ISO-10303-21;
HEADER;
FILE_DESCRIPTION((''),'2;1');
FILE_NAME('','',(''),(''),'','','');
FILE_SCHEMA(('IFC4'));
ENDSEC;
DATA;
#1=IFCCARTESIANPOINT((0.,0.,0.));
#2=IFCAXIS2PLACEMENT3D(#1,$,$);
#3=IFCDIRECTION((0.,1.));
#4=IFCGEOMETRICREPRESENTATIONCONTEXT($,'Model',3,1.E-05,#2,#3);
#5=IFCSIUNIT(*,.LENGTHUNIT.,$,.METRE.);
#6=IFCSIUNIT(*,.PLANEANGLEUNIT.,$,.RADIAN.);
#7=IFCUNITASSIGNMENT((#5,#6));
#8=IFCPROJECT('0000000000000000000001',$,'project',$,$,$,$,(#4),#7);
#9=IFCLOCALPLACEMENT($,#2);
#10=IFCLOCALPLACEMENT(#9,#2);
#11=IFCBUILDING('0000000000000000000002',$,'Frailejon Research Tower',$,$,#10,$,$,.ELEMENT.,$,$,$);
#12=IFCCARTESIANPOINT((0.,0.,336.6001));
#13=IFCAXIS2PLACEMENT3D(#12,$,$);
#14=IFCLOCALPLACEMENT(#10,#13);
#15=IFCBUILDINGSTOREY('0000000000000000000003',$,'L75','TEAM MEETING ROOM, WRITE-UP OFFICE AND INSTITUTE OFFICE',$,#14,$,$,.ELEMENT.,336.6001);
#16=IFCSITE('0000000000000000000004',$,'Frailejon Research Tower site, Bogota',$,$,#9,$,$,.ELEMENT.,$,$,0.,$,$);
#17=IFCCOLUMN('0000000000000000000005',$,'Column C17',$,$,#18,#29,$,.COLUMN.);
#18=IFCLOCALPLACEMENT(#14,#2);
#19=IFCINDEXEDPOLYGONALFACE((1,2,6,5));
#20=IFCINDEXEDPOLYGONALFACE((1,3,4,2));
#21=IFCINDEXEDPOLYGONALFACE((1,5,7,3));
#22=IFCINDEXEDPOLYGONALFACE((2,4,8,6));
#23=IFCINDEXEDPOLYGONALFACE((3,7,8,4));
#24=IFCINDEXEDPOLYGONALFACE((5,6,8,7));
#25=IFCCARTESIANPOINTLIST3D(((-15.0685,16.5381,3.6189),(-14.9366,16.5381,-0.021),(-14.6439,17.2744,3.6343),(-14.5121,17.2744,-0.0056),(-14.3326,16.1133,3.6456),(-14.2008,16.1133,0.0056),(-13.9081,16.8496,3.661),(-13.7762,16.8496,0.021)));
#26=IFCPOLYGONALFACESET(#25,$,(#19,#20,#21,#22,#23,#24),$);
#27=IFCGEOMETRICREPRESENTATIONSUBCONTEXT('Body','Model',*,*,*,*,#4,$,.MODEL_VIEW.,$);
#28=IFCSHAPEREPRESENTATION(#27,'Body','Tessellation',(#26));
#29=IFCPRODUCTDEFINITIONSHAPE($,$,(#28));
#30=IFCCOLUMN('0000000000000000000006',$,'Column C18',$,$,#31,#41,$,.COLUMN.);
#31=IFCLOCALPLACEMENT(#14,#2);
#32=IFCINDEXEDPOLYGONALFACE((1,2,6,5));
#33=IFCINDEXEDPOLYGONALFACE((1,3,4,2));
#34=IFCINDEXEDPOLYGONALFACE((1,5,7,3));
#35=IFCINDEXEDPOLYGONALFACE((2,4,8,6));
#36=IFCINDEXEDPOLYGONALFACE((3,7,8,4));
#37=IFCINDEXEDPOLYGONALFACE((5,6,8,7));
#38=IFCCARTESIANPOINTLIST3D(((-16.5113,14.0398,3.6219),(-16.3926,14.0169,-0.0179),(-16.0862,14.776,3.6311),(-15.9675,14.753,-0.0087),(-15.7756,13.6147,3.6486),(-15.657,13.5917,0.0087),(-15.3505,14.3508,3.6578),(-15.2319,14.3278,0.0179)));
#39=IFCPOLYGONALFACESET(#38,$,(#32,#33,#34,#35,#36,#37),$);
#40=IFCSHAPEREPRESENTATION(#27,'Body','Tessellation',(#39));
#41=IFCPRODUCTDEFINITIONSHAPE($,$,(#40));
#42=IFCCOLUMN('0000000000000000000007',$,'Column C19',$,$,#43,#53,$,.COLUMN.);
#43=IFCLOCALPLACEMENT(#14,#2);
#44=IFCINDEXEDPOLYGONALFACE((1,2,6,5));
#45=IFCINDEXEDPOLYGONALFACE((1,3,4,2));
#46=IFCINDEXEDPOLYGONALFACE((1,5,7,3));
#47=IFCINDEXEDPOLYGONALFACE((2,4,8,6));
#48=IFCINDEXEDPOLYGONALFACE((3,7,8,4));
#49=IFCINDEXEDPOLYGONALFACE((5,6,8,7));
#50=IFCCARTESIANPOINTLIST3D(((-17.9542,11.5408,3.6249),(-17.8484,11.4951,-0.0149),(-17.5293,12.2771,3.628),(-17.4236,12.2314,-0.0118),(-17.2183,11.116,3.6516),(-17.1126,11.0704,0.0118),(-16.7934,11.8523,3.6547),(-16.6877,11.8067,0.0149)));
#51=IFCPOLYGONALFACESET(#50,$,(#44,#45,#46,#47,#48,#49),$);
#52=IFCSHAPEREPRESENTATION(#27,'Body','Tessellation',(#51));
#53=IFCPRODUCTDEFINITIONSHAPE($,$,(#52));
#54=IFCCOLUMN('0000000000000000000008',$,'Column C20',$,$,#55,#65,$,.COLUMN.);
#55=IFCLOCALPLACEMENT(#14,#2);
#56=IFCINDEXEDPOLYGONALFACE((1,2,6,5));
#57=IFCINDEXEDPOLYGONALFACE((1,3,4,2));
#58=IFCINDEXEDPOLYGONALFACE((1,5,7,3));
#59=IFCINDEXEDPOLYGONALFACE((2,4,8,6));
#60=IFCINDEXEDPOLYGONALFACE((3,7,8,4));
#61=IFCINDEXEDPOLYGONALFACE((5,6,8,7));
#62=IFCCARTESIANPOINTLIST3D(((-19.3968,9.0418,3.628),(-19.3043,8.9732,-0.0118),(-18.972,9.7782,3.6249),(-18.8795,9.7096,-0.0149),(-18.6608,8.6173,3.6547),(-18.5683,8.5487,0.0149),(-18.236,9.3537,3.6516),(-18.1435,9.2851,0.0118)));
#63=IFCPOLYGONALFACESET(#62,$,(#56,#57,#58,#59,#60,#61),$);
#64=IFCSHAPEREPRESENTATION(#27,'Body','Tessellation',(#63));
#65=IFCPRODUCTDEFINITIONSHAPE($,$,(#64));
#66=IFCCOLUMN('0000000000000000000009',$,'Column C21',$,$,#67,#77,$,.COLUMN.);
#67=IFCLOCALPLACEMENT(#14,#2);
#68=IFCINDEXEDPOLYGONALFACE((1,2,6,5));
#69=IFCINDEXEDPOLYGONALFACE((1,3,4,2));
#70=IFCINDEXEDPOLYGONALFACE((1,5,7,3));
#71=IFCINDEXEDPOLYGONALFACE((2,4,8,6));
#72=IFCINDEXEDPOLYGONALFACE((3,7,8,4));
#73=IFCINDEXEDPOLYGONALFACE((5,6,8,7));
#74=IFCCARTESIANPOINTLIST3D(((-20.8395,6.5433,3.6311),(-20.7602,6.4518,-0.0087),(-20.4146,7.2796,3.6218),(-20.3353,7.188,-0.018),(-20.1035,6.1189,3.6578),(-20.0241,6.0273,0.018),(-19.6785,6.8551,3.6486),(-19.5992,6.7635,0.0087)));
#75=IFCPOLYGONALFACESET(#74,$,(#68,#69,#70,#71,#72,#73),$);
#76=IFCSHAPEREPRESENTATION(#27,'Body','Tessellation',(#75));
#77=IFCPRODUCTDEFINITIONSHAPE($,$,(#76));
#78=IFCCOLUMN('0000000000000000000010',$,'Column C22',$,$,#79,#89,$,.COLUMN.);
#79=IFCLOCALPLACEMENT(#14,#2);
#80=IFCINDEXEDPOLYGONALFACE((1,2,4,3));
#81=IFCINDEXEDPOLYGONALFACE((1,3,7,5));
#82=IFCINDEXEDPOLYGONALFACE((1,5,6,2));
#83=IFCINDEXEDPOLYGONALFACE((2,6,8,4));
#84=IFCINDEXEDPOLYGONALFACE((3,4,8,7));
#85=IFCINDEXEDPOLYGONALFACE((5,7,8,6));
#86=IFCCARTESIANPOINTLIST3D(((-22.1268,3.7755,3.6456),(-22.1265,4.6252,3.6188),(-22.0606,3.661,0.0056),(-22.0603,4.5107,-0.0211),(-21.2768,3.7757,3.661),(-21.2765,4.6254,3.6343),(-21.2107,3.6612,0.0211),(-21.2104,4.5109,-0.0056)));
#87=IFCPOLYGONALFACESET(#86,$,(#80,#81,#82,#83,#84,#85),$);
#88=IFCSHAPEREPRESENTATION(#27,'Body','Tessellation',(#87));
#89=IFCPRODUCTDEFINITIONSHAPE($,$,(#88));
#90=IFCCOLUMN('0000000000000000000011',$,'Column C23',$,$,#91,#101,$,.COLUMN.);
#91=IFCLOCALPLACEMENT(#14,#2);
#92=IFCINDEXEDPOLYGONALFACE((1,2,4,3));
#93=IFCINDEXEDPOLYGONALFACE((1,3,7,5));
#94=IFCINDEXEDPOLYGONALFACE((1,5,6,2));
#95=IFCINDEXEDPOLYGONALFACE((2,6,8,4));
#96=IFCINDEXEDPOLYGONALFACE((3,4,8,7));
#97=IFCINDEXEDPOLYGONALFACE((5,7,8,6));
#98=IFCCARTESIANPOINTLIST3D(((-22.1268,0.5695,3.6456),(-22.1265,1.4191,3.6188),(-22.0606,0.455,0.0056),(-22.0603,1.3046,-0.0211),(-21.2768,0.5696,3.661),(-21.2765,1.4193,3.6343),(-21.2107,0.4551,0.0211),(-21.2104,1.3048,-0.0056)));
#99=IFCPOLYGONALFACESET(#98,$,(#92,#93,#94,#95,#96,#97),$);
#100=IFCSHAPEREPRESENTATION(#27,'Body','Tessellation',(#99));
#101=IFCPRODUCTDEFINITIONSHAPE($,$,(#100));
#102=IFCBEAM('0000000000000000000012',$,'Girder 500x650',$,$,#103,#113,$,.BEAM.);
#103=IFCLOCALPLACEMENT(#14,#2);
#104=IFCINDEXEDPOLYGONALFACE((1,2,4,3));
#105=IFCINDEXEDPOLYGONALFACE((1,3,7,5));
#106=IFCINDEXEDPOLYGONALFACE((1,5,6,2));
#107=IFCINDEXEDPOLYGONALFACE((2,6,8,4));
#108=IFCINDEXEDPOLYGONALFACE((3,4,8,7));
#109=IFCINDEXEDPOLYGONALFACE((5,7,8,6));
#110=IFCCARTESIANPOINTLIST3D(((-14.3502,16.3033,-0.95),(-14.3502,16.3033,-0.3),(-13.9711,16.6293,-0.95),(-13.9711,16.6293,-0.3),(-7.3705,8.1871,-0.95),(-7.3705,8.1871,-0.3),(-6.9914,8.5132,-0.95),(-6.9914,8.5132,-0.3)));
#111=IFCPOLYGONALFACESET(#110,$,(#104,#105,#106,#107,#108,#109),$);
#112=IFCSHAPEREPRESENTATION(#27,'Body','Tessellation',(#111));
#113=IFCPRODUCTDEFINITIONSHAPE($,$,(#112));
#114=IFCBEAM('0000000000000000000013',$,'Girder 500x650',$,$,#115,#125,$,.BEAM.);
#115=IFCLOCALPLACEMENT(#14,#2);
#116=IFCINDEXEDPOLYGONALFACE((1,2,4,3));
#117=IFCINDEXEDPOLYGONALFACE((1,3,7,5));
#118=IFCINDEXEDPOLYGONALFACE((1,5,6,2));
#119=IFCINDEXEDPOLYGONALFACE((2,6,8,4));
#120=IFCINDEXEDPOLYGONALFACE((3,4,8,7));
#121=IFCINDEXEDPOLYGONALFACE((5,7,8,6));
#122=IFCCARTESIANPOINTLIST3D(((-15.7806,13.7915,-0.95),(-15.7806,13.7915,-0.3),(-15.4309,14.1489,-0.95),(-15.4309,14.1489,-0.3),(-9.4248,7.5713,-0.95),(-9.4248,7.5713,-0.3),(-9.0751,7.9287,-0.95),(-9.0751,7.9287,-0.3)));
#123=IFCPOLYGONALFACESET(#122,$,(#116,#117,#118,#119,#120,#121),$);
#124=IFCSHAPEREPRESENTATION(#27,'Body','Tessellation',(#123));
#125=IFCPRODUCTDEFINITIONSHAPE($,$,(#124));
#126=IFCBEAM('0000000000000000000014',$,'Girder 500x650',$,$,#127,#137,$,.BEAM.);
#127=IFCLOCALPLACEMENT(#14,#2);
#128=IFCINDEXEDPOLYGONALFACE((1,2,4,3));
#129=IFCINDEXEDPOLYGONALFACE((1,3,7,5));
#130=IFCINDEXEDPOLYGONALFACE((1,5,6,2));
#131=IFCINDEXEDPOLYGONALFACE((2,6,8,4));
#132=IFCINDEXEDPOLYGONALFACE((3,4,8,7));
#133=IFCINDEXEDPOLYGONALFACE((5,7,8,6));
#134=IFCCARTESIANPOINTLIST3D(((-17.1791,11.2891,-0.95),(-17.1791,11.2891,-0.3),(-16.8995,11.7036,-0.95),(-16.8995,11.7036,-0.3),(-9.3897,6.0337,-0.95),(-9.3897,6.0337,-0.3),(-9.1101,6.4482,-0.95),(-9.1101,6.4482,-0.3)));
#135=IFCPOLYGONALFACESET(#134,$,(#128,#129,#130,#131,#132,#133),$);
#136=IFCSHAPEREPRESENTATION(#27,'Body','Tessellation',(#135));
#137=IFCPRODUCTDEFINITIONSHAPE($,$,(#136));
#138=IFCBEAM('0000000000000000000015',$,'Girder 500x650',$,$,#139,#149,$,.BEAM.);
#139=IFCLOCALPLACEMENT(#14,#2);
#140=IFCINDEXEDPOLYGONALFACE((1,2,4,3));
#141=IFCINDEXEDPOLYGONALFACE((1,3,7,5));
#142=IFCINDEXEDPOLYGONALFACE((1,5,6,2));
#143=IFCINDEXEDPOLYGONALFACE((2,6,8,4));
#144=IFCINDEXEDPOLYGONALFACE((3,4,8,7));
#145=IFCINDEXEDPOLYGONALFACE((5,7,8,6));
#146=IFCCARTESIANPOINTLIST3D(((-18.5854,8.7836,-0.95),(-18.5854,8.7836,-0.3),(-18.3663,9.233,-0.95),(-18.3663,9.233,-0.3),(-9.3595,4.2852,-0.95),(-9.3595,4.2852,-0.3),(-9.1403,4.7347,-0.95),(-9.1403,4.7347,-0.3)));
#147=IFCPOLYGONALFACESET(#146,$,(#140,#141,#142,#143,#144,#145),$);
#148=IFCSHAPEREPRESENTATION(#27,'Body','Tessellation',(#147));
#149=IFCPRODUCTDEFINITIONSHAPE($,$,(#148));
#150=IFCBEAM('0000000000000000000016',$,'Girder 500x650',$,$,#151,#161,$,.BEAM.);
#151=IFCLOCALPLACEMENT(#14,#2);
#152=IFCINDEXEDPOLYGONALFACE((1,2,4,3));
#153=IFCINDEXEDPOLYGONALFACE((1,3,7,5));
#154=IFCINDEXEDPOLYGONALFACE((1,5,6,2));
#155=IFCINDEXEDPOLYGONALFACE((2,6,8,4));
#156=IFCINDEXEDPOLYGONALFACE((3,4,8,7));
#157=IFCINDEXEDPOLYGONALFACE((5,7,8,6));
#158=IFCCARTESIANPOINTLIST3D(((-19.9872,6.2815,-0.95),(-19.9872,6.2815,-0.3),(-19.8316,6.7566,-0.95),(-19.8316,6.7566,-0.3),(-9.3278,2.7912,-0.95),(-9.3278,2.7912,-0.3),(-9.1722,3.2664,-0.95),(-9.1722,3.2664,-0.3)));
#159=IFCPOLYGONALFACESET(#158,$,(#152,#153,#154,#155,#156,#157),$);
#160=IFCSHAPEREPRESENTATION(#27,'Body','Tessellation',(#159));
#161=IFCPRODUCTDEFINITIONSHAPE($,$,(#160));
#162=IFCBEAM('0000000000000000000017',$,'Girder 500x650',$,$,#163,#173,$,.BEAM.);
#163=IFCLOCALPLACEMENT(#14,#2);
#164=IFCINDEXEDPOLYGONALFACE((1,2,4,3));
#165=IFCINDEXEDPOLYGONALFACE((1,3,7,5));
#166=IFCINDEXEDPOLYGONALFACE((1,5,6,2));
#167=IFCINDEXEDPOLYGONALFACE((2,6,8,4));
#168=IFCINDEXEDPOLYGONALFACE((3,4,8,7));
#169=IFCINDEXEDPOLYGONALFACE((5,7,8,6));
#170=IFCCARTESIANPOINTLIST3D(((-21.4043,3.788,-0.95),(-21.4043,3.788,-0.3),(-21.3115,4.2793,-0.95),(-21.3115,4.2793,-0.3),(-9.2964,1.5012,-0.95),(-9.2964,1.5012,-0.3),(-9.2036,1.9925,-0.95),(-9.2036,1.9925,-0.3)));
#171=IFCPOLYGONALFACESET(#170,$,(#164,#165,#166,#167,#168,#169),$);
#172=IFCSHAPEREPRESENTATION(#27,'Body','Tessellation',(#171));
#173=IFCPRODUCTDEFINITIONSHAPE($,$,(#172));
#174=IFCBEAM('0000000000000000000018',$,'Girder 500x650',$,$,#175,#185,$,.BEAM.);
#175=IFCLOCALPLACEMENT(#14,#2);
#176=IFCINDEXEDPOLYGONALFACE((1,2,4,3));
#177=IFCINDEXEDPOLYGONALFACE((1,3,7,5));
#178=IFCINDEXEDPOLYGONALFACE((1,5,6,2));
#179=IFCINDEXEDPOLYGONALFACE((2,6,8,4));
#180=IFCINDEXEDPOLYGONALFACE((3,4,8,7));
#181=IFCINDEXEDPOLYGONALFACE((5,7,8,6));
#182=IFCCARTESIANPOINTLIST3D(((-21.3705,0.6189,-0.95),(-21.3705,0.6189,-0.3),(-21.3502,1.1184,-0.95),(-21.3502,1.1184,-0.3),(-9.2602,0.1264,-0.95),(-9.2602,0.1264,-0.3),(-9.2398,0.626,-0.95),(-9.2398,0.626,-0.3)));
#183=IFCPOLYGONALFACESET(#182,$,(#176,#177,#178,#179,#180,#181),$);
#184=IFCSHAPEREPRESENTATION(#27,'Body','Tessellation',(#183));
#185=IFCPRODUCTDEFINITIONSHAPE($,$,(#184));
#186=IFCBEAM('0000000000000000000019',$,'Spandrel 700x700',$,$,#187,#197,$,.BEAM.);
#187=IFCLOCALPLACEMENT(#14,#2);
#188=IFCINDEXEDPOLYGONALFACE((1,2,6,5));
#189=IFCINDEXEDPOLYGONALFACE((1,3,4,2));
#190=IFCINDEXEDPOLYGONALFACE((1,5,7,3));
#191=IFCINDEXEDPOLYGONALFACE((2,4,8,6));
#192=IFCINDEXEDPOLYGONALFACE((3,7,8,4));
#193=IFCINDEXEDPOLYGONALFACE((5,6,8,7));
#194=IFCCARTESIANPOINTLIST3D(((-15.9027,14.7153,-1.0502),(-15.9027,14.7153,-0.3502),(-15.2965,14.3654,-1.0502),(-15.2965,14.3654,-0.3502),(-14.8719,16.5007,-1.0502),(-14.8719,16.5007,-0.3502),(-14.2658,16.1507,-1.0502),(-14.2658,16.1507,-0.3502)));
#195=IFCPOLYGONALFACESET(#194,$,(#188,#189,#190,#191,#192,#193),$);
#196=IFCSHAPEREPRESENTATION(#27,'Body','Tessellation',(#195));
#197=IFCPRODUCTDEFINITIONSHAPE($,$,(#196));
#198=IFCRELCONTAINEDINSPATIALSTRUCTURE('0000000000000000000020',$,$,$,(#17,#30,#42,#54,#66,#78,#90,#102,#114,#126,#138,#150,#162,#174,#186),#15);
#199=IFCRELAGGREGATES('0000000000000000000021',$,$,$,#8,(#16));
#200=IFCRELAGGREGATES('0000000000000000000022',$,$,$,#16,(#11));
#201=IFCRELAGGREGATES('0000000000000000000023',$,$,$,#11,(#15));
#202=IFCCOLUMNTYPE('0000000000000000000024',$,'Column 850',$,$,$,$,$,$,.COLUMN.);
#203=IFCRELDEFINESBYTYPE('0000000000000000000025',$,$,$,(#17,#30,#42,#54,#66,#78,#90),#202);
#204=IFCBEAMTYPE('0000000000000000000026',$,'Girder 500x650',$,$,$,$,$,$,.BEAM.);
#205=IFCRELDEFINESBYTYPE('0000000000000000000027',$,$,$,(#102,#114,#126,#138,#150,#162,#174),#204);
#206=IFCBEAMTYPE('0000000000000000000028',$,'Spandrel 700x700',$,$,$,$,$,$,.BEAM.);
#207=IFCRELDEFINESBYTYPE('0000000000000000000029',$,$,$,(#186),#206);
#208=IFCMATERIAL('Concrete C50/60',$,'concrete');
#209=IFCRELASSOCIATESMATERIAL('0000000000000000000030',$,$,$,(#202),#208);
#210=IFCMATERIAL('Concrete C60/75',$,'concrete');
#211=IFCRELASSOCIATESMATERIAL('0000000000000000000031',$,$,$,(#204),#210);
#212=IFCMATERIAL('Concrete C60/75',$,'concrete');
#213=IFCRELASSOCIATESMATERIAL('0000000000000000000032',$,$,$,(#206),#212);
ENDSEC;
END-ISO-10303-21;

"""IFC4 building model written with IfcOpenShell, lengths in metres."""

from ifc_helpers import new_model, si_unit, direction, frame, origin, origin_2d, place, context, subcontext, project, spatial, rectangle, extrude, material, material_profile, profile_set, type_object, element, save


model = new_model("IFC4")

# Units and contexts
model_context = context("Model", 3, precision=1e-05, world=origin(), true_north=direction((0.0, 1.0)))
body_context = subcontext(model_context, "Body", "Model", "MODEL_VIEW")
ifc_project = project(units=[si_unit("LENGTHUNIT", "METRE"), si_unit("PLANEANGLEUNIT", "RADIAN")], contexts=[model_context])

# Site, building, storey
site_placement = place(None, origin())
site = spatial("IfcSite", under=ifc_project, at=site_placement, Name="Frailejon Research Tower site, Bogota", CompositionType="ELEMENT", RefElevation=0.0)
building_placement = place(site_placement, origin())
building = spatial("IfcBuilding", under=site, at=building_placement, Name="Frailejon Research Tower", CompositionType="ELEMENT")
storey_placement = place(building_placement, frame((0.0, 0.0, 336.6001)))
storey = spatial("IfcBuildingStorey", under=building, at=storey_placement, Name="L75", Description="TEAM MEETING ROOM, WRITE-UP OFFICE AND INSTITUTE OFFICE", CompositionType="ELEMENT", Elevation=336.6001)

# Columns
ifc_material_1 = material(Name="Concrete C50/60", Category="concrete")
ifc_material_profile_1 = material_profile(ifc_material_1, rectangle(XDim=0.8501, YDim=0.8501, at=origin_2d()), Name="Column 850")
ifc_profile_set_1 = profile_set([ifc_material_profile_1], Name="Concrete C50/60")
column_type = type_object("IfcColumnType", Name="Column 850", PredefinedType="COLUMN", material=ifc_profile_set_1)
column_1_placement = place(storey_placement, frame((-14.3564, 16.6938, 0.0), z_axis=(-0.036196, 0.0, 0.999345), x_axis=(-0.499426, -0.866168, -0.018089)))
element("IfcColumn", 1, at=column_1_placement, inside=storey, type_object=column_type, Name="Column C17", PredefinedType="COLUMN", context=body_context, shape_type="SweptSolid", body=[
    extrude(rectangle(XDim=0.8501, YDim=0.8501, at=origin_2d()), origin(), (0.0, 0.0, 1.0), 3.6423),
])
column_2_placement = place(storey_placement, frame((-15.8123, 14.1724, 0.0), z_axis=(-0.03258, 0.006301, 0.999449), x_axis=(-0.50006, -0.865923, -0.010841)))
element("IfcColumn", 2, at=column_2_placement, inside=storey, type_object=column_type, Name="Column C18", PredefinedType="COLUMN", context=body_context, shape_type="SweptSolid", body=[
    extrude(rectangle(XDim=0.8501, YDim=0.8501, at=origin_2d()), origin(), (0.0, 0.0, 1.0), 3.6418),
])
for number, where, z_axis, x_axis, name in (
    (3, (-17.2681, 11.6509, 0.0), (-0.029028, 0.012536, 0.9995), (-0.499793, -0.866137, -0.003652), "Column C19"),
    (4, (-18.7239, 9.1292, 0.0), (-0.025408, 0.018838, 0.9995), (-0.499704, -0.866189, 0.003623), "Column C20"),
):
    element("IfcColumn", number, at=place(storey_placement, frame(where, z_axis=z_axis, x_axis=x_axis)), inside=storey, type_object=column_type, Name=name, PredefinedType="COLUMN", context=body_context, shape_type="SweptSolid", body=[
        extrude(rectangle(XDim=0.8501, YDim=0.8501, at=origin_2d()), origin(), (0.0, 0.0, 1.0), 3.6416),
    ])
column_3_placement = place(storey_placement, frame((-20.1797, 6.6077, 0.0), z_axis=(-0.021787, 0.025139, 0.999447), x_axis=(-0.499841, -0.866049, 0.010887)))
element("IfcColumn", 5, at=column_3_placement, inside=storey, type_object=column_type, Name="Column C21", PredefinedType="COLUMN", context=body_context, shape_type="SweptSolid", body=[
    extrude(rectangle(XDim=0.8501, YDim=0.8501, at=origin_2d()), origin(), (0.0, 0.0, 1.0), 3.6418),
])
for number, where, z_axis, x_axis, name in (
    (6, (-21.6355, 4.0859, 0.0), (-0.018165, 0.031437, 0.999341), (-0.000376, -0.999506, 0.031435), "Column C22"),
    (7, (-21.6355, 0.8799, 0.0), (-0.018165, 0.031437, 0.999341), (-0.000376, -0.999506, 0.031435), "Column C23"),
):
    element("IfcColumn", number, at=place(storey_placement, frame(where, z_axis=z_axis, x_axis=x_axis)), inside=storey, type_object=column_type, Name=name, PredefinedType="COLUMN", context=body_context, shape_type="SweptSolid", body=[
        extrude(rectangle(XDim=0.8501, YDim=0.8501, at=origin_2d()), origin(), (0.0, 0.0, 1.0), 3.6423),
    ])

# Beams
ifc_material_2 = material(Name="Concrete C60/75", Category="concrete")
ifc_material_profile_2 = material_profile(ifc_material_2, rectangle(XDim=0.5, YDim=0.6499, at=origin_2d()), Name="Girder 500x650")
ifc_profile_set_2 = profile_set([ifc_material_profile_2], Name="Concrete C60/75")
beam_type_1 = type_object("IfcBeamType", Name="Girder 500x650", PredefinedType="BEAM", material=ifc_profile_set_2)
beam_1_placement = place(storey_placement, frame((-14.1606, 16.4663, -0.625), z_axis=(0.652028, -0.758195, 0.0), x_axis=(0.758195, 0.652028, 0.0)))
element("IfcBeam", 8, at=beam_1_placement, inside=storey, type_object=beam_type_1, Name="Girder 500x650", PredefinedType="BEAM", context=body_context, shape_type="SweptSolid", body=[
    extrude(rectangle(XDim=0.5, YDim=0.6499, at=origin_2d()), origin(), (0.0, 0.0, 1.0), 10.7046),
])
beam_2_placement = place(storey_placement, frame((-15.6057, 13.9702, -0.625), z_axis=(0.714684, -0.699448, 0.0), x_axis=(0.699448, 0.714684, 0.0)))
element("IfcBeam", 9, at=beam_2_placement, inside=storey, type_object=beam_type_1, Name="Girder 500x650", PredefinedType="BEAM", context=body_context, shape_type="SweptSolid", body=[
    extrude(rectangle(XDim=0.5, YDim=0.6499, at=origin_2d()), origin(), (0.0, 0.0, 1.0), 8.8931),
])
beam_3_placement = place(storey_placement, frame((-17.0393, 11.4963, -0.625), z_axis=(0.828968, -0.559297, 0.0), x_axis=(0.559297, 0.828968, 0.0)))
element("IfcBeam", 10, at=beam_3_placement, inside=storey, type_object=beam_type_1, Name="Girder 500x650", PredefinedType="BEAM", context=body_context, shape_type="SweptSolid", body=[
    extrude(rectangle(XDim=0.5, YDim=0.6499, at=origin_2d()), origin(), (0.0, 0.0, 1.0), 9.3965),
])
beam_4_placement = place(storey_placement, frame((-18.4758, 9.0083, -0.625), z_axis=(0.89885, -0.438257, 0.0), x_axis=(0.438257, 0.89885, 0.0)))
element("IfcBeam", 11, at=beam_4_placement, inside=storey, type_object=beam_type_1, Name="Girder 500x650", PredefinedType="BEAM", context=body_context, shape_type="SweptSolid", body=[
    extrude(rectangle(XDim=0.5, YDim=0.6499, at=origin_2d()), origin(), (0.0, 0.0, 1.0), 10.2642),
])
beam_5_placement = place(storey_placement, frame((-19.9094, 6.519, -0.625), z_axis=(0.950352, -0.311176, 0.0), x_axis=(0.311176, 0.950352, 0.0)))
element("IfcBeam", 12, at=beam_5_placement, inside=storey, type_object=beam_type_1, Name="Girder 500x650", PredefinedType="BEAM", context=body_context, shape_type="SweptSolid", body=[
    extrude(rectangle(XDim=0.5, YDim=0.6499, at=origin_2d()), origin(), (0.0, 0.0, 1.0), 11.2163),
])
beam_6_placement = place(storey_placement, frame((-21.3579, 4.0337, -0.625), z_axis=(0.982627, -0.185592, 0.0), x_axis=(0.185592, 0.982627, 0.0)))
element("IfcBeam", 13, at=beam_6_placement, inside=storey, type_object=beam_type_1, Name="Girder 500x650", PredefinedType="BEAM", context=body_context, shape_type="SweptSolid", body=[
    extrude(rectangle(XDim=0.5, YDim=0.6499, at=origin_2d()), origin(), (0.0, 0.0, 1.0), 12.322),
])
beam_7_placement = place(storey_placement, frame((-21.3604, 0.8687, -0.625), z_axis=(0.999174, -0.040628, 0.0), x_axis=(0.040628, 0.999174, 0.0)))
element("IfcBeam", 14, at=beam_7_placement, inside=storey, type_object=beam_type_1, Name="Girder 500x650", PredefinedType="BEAM", context=body_context, shape_type="SweptSolid", body=[
    extrude(rectangle(XDim=0.5, YDim=0.6499, at=origin_2d()), origin(), (0.0, 0.0, 1.0), 12.1204),
])
ifc_material_3 = material(Name="Concrete C60/75", Category="concrete")
ifc_material_profile_3 = material_profile(ifc_material_3, rectangle(XDim=0.7, YDim=0.7, at=origin_2d()), Name="Spandrel 700x700")
ifc_profile_set_3 = profile_set([ifc_material_profile_3], Name="Concrete C60/75")
beam_type_2 = type_object("IfcBeamType", Name="Spandrel 700x700", PredefinedType="BEAM", material=ifc_profile_set_3)
for number, where, z_axis, x_axis, name in (
    (15, (-14.5688, 16.3257, -0.7002), (-0.499986, -0.866034, 0.0), (0.866034, -0.499986, 0.0), "Spandrel 700x700"),
):
    element("IfcBeam", number, at=place(storey_placement, frame(where, z_axis=z_axis, x_axis=x_axis)), inside=storey, type_object=beam_type_2, Name=name, PredefinedType="BEAM", context=body_context, shape_type="SweptSolid", body=[
        extrude(rectangle(XDim=0.7, YDim=0.7, at=origin_2d()), origin(), (0.0, 0.0, 1.0), 2.0615),
    ])

save(model, "model.ifc")
